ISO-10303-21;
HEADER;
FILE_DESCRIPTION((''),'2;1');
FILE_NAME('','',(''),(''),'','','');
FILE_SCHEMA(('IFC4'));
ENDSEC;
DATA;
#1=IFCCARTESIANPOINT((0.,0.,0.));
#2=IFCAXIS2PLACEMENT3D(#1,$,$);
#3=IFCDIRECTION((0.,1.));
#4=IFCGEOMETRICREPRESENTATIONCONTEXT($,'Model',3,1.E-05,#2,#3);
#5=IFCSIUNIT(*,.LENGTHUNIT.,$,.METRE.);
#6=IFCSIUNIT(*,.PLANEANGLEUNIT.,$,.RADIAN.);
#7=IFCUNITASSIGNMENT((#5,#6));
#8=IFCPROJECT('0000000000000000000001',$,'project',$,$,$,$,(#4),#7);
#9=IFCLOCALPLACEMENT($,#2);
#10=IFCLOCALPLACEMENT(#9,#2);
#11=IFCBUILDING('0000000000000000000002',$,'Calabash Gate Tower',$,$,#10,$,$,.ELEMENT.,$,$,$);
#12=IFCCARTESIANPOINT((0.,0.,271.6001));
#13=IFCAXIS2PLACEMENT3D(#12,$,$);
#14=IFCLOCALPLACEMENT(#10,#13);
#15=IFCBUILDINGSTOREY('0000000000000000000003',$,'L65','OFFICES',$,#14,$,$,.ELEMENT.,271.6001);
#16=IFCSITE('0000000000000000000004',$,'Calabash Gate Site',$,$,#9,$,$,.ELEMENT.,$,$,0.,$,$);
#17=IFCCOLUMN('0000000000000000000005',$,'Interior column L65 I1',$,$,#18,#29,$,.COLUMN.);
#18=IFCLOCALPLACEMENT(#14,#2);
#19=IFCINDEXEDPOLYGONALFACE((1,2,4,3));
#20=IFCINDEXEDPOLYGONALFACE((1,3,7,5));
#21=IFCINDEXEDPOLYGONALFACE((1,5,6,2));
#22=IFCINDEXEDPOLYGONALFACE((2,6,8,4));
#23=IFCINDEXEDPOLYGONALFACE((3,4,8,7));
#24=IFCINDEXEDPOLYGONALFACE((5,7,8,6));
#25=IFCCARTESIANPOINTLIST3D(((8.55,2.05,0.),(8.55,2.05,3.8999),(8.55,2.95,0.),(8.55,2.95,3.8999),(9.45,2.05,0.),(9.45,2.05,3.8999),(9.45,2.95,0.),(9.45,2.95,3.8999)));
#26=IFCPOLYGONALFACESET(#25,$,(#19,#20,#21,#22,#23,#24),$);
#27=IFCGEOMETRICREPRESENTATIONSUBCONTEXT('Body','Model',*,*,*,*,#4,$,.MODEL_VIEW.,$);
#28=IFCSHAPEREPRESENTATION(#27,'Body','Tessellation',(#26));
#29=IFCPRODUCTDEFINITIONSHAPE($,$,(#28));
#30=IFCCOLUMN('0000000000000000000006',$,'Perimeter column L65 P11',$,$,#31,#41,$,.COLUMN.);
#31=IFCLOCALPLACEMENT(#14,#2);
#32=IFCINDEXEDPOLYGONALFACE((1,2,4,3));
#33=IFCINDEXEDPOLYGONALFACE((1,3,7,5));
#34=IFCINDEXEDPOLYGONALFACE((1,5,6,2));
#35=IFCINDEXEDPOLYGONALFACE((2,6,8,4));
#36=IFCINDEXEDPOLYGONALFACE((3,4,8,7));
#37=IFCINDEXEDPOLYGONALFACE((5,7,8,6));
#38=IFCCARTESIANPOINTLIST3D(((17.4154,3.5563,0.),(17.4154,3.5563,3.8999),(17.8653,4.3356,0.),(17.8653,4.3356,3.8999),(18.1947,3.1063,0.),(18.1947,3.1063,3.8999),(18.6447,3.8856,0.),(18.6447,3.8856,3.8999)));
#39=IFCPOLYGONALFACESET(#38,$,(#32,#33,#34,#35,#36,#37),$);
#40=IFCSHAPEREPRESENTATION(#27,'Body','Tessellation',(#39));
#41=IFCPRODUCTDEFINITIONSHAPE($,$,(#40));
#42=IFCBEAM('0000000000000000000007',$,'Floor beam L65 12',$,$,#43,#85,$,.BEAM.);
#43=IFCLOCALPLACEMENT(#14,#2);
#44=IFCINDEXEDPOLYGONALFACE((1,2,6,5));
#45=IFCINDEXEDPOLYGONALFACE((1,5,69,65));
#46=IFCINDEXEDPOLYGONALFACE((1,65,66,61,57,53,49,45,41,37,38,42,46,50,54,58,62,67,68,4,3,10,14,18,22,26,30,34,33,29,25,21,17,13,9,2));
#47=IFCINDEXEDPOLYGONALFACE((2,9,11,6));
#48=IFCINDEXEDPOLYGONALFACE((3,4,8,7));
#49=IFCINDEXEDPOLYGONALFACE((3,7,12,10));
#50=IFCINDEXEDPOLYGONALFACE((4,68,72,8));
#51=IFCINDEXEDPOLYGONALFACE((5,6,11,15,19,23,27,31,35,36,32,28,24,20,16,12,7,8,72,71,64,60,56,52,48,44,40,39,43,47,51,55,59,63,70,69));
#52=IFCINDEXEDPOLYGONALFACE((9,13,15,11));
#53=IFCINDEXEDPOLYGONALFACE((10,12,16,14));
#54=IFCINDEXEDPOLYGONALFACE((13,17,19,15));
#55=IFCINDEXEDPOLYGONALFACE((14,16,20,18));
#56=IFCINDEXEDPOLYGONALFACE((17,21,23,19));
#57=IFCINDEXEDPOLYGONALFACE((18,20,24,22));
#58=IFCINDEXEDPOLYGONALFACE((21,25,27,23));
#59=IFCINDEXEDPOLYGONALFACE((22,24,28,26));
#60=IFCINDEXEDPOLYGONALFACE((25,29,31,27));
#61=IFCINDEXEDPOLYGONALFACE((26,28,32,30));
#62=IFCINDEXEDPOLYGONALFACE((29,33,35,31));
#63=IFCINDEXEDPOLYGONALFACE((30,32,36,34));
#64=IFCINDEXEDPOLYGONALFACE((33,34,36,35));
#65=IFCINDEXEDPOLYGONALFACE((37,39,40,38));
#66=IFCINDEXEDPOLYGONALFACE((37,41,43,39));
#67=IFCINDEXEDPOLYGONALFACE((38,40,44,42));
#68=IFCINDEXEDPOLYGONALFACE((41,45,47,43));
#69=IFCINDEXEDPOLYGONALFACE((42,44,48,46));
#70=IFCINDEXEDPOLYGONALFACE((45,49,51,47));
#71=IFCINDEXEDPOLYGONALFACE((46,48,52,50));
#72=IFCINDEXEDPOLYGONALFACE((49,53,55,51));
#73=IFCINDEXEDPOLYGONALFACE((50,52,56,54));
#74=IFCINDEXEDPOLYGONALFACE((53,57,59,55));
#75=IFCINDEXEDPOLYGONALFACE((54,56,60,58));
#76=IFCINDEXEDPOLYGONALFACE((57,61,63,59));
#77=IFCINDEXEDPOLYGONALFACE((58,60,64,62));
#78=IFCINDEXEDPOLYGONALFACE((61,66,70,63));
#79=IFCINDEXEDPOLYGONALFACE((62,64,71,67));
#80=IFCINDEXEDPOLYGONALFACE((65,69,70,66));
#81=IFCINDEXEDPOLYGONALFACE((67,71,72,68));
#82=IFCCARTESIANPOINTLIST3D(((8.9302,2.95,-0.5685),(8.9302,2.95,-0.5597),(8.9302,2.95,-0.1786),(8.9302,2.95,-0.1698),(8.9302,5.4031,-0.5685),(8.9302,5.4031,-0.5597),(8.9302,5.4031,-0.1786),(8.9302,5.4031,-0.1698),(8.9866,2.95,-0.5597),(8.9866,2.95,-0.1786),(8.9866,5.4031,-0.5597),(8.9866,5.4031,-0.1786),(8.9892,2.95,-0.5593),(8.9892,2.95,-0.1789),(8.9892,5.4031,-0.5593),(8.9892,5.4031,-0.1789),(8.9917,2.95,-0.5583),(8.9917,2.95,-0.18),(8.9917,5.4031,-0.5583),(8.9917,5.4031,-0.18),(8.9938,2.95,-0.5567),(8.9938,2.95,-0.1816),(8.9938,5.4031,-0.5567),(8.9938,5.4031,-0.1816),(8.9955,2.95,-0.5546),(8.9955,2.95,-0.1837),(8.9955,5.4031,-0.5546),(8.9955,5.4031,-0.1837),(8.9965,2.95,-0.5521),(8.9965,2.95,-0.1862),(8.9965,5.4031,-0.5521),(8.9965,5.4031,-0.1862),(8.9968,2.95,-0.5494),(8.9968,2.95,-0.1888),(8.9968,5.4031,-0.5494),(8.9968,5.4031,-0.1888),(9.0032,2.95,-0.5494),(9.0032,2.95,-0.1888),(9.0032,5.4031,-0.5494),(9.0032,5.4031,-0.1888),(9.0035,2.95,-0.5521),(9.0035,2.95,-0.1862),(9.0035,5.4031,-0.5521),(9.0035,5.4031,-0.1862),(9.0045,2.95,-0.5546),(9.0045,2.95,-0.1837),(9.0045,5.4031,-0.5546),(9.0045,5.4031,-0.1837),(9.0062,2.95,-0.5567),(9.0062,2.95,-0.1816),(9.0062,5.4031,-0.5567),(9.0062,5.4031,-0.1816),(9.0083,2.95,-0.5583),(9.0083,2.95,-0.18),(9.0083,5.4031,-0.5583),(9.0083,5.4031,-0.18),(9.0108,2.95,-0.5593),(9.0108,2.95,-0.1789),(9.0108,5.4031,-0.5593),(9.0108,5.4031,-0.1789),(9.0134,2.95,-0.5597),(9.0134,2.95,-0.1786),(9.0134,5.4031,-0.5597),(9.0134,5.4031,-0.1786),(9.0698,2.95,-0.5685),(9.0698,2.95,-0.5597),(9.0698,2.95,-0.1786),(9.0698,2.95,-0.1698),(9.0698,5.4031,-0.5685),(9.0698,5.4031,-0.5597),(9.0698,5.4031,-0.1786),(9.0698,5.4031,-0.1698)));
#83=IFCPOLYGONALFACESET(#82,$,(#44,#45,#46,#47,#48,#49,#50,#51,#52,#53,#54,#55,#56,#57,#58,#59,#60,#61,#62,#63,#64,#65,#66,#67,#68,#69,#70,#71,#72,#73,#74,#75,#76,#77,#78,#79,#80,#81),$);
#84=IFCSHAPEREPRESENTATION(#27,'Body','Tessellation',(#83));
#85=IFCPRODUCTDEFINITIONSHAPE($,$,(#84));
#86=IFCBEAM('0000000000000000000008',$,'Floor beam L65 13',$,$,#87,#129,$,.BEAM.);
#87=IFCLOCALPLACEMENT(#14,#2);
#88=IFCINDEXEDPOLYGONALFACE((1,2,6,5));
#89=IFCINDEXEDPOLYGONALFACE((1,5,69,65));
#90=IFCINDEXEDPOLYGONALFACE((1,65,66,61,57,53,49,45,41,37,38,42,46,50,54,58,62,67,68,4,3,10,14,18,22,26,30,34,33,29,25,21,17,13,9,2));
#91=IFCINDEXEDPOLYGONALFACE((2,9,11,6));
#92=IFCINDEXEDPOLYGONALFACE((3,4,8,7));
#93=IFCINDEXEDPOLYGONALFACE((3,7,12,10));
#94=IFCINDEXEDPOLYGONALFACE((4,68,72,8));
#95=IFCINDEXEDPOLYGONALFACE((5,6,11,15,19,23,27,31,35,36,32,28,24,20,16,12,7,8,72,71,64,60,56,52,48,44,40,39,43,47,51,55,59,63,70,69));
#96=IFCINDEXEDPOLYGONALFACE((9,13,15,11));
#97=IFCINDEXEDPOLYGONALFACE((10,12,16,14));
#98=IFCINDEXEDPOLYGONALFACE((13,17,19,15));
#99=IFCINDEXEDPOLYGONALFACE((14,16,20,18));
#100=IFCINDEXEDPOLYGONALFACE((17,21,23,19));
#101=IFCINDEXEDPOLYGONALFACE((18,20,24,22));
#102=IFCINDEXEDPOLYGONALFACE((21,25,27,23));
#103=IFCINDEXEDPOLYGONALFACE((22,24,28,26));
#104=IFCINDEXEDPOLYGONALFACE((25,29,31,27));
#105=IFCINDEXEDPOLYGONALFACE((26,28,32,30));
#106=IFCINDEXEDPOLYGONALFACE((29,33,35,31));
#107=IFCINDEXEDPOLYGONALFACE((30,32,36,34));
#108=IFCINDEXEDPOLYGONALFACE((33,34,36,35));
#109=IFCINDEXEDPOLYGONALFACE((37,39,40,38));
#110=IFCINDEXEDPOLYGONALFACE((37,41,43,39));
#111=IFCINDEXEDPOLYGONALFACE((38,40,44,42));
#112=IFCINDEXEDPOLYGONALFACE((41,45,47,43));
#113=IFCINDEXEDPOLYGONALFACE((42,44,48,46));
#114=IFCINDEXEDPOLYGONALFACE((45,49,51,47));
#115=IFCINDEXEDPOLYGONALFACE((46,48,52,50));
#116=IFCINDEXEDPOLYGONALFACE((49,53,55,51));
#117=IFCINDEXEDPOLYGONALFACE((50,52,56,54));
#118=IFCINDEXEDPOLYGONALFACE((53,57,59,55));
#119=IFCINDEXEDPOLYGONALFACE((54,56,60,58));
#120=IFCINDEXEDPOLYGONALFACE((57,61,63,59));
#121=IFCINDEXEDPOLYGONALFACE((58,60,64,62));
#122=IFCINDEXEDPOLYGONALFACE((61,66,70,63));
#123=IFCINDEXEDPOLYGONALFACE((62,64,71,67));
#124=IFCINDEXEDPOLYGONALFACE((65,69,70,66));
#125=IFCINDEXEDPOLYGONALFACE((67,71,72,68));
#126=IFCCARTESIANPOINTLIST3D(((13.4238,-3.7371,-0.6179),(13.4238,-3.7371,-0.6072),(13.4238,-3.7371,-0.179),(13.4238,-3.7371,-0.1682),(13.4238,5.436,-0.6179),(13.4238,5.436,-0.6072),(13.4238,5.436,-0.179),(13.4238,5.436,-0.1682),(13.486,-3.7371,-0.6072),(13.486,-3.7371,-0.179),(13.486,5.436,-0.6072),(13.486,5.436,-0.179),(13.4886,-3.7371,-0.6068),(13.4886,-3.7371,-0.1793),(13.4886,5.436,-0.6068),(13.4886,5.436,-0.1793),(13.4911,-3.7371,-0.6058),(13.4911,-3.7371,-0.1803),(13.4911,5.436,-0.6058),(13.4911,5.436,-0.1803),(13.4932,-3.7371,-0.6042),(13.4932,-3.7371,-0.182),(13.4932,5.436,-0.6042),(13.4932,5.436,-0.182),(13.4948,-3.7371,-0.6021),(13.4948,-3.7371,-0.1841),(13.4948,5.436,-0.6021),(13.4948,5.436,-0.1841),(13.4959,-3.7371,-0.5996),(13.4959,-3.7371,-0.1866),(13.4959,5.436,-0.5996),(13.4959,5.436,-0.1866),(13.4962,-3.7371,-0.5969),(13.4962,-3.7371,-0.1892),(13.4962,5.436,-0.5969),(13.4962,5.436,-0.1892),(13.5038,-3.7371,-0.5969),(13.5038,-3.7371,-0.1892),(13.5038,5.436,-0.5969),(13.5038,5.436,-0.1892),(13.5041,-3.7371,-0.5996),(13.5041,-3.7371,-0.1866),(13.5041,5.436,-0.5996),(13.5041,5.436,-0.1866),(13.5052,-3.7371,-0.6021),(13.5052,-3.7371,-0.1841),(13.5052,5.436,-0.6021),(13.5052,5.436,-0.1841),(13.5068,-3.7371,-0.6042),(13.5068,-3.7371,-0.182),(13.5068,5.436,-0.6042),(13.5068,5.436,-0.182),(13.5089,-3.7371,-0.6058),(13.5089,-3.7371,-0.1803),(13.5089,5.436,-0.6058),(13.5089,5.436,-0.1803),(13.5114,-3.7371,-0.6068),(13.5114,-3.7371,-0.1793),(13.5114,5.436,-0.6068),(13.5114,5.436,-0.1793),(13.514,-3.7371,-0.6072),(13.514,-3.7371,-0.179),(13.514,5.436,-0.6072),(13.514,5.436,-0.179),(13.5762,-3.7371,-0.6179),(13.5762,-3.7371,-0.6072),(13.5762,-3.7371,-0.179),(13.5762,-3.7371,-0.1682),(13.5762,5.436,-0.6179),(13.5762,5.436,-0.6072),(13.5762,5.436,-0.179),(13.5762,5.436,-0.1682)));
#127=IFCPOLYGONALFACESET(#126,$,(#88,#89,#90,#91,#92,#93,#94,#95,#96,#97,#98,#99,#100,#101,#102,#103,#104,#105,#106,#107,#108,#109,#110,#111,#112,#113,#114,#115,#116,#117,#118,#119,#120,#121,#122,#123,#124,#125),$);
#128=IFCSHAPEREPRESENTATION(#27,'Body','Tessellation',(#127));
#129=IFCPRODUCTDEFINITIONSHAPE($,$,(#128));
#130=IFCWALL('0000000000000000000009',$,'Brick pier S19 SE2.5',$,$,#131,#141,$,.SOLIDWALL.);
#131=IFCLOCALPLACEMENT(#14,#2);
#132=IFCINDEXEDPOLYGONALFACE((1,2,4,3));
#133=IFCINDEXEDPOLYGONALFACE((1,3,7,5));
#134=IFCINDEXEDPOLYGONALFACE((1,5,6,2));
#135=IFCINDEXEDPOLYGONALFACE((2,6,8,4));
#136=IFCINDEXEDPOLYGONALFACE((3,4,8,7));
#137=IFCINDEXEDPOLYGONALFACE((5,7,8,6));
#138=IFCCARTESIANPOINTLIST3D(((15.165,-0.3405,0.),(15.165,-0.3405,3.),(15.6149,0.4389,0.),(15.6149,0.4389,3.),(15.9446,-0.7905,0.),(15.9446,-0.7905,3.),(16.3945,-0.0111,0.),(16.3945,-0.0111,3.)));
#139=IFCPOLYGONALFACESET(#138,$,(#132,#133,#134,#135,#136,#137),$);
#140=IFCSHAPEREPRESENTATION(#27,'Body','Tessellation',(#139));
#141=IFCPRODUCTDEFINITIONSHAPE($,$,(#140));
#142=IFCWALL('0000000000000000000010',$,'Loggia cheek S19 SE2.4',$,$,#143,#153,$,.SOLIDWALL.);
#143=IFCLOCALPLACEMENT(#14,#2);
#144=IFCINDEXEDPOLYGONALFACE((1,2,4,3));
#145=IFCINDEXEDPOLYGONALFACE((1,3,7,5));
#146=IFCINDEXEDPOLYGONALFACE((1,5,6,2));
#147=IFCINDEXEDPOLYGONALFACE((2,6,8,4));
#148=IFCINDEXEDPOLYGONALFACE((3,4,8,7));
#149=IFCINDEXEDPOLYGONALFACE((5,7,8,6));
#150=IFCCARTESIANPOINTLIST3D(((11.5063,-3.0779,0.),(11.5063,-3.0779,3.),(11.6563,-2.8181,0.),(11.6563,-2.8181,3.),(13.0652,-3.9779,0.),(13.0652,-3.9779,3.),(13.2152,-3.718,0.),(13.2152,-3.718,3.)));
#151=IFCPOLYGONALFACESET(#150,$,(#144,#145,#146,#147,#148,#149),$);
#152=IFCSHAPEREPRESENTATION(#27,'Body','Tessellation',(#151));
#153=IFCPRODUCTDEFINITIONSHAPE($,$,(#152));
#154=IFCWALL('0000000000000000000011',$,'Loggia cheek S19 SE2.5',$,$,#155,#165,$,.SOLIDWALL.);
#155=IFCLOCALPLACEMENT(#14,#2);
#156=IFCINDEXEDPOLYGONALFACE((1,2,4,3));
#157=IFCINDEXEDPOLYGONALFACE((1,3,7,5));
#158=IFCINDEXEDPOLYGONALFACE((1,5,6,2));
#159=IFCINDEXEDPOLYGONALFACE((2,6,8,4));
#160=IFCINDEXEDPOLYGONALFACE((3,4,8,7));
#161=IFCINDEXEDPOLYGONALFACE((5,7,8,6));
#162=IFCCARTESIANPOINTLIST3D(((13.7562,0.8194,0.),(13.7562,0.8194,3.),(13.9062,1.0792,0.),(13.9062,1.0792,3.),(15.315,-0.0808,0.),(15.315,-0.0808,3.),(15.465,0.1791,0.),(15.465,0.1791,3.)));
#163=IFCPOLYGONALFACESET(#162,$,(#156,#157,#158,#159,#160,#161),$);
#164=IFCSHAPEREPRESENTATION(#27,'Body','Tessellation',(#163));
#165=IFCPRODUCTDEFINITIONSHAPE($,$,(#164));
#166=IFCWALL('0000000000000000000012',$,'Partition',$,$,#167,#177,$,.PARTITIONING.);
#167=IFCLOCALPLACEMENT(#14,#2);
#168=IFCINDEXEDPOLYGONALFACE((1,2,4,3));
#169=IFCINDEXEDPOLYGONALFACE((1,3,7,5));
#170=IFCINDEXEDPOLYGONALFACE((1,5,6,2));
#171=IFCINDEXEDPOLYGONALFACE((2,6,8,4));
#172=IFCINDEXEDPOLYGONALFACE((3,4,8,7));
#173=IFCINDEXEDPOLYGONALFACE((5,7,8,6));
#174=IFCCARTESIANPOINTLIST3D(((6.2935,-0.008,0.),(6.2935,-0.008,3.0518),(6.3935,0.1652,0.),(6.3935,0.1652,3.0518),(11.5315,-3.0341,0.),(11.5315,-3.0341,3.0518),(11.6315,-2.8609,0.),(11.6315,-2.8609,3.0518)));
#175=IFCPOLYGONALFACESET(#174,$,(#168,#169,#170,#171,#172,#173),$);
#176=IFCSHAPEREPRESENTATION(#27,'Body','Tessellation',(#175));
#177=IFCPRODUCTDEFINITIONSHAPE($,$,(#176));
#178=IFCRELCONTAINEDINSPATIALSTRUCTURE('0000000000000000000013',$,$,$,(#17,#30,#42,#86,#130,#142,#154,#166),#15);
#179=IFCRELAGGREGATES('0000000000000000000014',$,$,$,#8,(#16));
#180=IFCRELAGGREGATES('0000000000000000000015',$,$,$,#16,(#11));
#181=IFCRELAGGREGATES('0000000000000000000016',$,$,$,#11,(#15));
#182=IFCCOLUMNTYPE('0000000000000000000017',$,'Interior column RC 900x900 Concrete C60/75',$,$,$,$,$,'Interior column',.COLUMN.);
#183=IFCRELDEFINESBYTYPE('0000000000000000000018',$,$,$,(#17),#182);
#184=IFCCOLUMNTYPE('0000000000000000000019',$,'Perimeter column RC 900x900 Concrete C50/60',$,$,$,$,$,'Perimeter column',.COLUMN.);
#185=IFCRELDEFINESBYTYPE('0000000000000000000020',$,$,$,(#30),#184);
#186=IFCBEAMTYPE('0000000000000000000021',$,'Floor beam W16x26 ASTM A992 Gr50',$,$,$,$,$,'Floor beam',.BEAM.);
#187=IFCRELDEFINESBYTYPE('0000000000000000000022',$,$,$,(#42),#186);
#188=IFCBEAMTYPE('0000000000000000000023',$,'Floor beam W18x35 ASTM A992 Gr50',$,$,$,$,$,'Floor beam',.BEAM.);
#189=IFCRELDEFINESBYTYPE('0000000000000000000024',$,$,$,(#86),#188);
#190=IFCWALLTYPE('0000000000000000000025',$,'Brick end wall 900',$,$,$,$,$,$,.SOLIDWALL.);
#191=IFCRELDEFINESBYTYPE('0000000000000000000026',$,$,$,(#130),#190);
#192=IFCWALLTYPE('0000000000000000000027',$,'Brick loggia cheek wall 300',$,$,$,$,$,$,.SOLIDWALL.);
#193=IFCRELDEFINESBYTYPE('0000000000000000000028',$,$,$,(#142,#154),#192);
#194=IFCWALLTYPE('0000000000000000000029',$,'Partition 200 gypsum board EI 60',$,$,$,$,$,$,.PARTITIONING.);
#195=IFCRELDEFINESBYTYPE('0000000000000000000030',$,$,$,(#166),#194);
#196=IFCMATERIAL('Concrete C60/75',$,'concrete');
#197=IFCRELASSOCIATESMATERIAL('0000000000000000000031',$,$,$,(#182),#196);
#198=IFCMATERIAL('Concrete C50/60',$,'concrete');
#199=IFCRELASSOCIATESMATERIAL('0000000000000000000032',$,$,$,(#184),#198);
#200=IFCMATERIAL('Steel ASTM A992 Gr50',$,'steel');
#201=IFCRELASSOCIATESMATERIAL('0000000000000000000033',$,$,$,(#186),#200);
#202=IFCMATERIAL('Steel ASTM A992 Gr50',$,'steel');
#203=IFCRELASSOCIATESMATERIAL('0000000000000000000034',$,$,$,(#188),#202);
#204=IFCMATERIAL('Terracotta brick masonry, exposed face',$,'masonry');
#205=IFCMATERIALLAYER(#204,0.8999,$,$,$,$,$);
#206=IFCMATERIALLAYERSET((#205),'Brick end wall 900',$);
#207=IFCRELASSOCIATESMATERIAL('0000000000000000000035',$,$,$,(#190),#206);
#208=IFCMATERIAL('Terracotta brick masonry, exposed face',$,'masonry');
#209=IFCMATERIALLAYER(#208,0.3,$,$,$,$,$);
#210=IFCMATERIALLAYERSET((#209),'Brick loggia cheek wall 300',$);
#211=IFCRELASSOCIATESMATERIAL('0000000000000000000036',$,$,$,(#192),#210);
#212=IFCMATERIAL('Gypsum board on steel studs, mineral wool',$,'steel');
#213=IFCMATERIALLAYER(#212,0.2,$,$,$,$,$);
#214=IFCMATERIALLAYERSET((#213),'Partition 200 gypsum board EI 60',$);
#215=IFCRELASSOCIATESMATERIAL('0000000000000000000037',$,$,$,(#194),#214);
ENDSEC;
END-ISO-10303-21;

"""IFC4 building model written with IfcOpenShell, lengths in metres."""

from ifc_helpers import new_model, si_unit, direction, frame, frame_2d, origin, origin_2d, place, context, subcontext, project, spatial, rectangle, i_section, extrude, material, layer, layer_set, material_profile, profile_set, type_object, element, save


model = new_model("IFC4")

# Units and contexts
model_context = context("Model", 3, precision=1e-05, world=origin(), true_north=direction((0.0, 1.0)))
body_context = subcontext(model_context, "Body", "Model", "MODEL_VIEW")
ifc_project = project(units=[si_unit("LENGTHUNIT", "METRE"), si_unit("PLANEANGLEUNIT", "RADIAN")], contexts=[model_context])

# Site, building, storey
site_placement = place(None, origin())
site = spatial("IfcSite", under=ifc_project, at=site_placement, Name="Calabash Gate Site", CompositionType="ELEMENT", RefElevation=0.0)
building_placement = place(site_placement, origin())
building = spatial("IfcBuilding", under=site, at=building_placement, Name="Calabash Gate Tower", CompositionType="ELEMENT")
storey_placement = place(building_placement, frame((0.0, 0.0, 271.6001)))
storey = spatial("IfcBuildingStorey", under=building, at=storey_placement, Name="L65", Description="OFFICES", CompositionType="ELEMENT", Elevation=271.6001)

# Columns
ifc_material_1 = material(Name="Concrete C60/75", Category="concrete")
ifc_material_profile_1 = material_profile(ifc_material_1, rectangle(XDim=0.8999, YDim=0.8999, at=origin_2d()))
ifc_profile_set_1 = profile_set([ifc_material_profile_1], Name="Concrete C60/75")
column_type_1 = type_object("IfcColumnType", Name="Interior column RC 900x900 Concrete C60/75", ElementType="Interior column", PredefinedType="COLUMN", material=ifc_profile_set_1)
column_1_placement = place(storey_placement, frame((9.0, 2.5, 0.0), z_axis=(0.0, 0.0, 1.0), x_axis=(1.0, 0.0, 0.0)))
element("IfcColumn", 1, at=column_1_placement, inside=storey, type_object=column_type_1, Name="Interior column L65 I1", PredefinedType="COLUMN", context=body_context, shape_type="SweptSolid", body=[
    extrude(rectangle(XDim=0.8999, YDim=0.8999, at=origin_2d()), origin(), (0.0, 0.0, 1.0), 3.8999),
])
ifc_material_2 = material(Name="Concrete C50/60", Category="concrete")
ifc_material_profile_2 = material_profile(ifc_material_2, rectangle(XDim=0.8999, YDim=0.8999, at=origin_2d()))
ifc_profile_set_2 = profile_set([ifc_material_profile_2], Name="Concrete C50/60")
column_type_2 = type_object("IfcColumnType", Name="Perimeter column RC 900x900 Concrete C50/60", ElementType="Perimeter column", PredefinedType="COLUMN", material=ifc_profile_set_2)
column_2_placement = place(storey_placement, frame((18.03, 3.7209, 0.0), z_axis=(0.0, 0.0, 1.0), x_axis=(0.5, 0.866025, 0.0)))
element("IfcColumn", 2, at=column_2_placement, inside=storey, type_object=column_type_2, Name="Perimeter column L65 P11", PredefinedType="COLUMN", context=body_context, shape_type="SweptSolid", body=[
    extrude(rectangle(XDim=0.8999, YDim=0.8999, at=origin_2d()), origin(), (0.0, 0.0, 1.0), 3.8999),
])

# Beams
ifc_material_3 = material(Name="Steel ASTM A992 Gr50", Category="steel")
ifc_material_profile_3 = material_profile(ifc_material_3, i_section(OverallWidth=0.1396, OverallDepth=0.3987, WebThickness=0.0063, FlangeThickness=0.0088, FilletRadius=0.0103, at=origin_2d()))
ifc_profile_set_3 = profile_set([ifc_material_profile_3], Name="Steel ASTM A992 Gr50")
beam_type_1 = type_object("IfcBeamType", Name="Floor beam W16x26 ASTM A992 Gr50", ElementType="Floor beam", PredefinedType="BEAM", material=ifc_profile_set_3)
beam_1_placement = place(storey_placement, frame((9.0, 2.95, -0.3691), z_axis=(0.0, 1.0, 0.0), x_axis=(-1.0, 0.0, 0.0)))
element("IfcBeam", 3, at=beam_1_placement, inside=storey, type_object=beam_type_1, Name="Floor beam L65 12", PredefinedType="BEAM", context=body_context, shape_type="SweptSolid", body=[
    extrude(i_section(OverallWidth=0.1396, OverallDepth=0.3987, WebThickness=0.0063, FlangeThickness=0.0088, FilletRadius=0.0103, at=origin_2d()), origin(), (0.0, 0.0, 1.0), 2.4531),
])
ifc_material_4 = material(Name="Steel ASTM A992 Gr50", Category="steel")
ifc_material_profile_4 = material_profile(ifc_material_4, i_section(OverallWidth=0.1523, OverallDepth=0.4497, WebThickness=0.0076, FlangeThickness=0.0107, FilletRadius=0.0103, at=origin_2d()))
ifc_profile_set_4 = profile_set([ifc_material_profile_4], Name="Steel ASTM A992 Gr50")
beam_type_2 = type_object("IfcBeamType", Name="Floor beam W18x35 ASTM A992 Gr50", ElementType="Floor beam", PredefinedType="BEAM", material=ifc_profile_set_4)
beam_2_placement = place(storey_placement, frame((13.5, -3.7371, -0.3931), z_axis=(0.0, 1.0, 0.0), x_axis=(-1.0, 0.0, 0.0)))
element("IfcBeam", 4, at=beam_2_placement, inside=storey, type_object=beam_type_2, Name="Floor beam L65 13", PredefinedType="BEAM", context=body_context, shape_type="SweptSolid", body=[
    extrude(i_section(OverallWidth=0.1523, OverallDepth=0.4497, WebThickness=0.0076, FlangeThickness=0.0107, FilletRadius=0.0103, at=origin_2d()), origin(), (0.0, 0.0, 1.0), 9.1731),
])

# Walls
ifc_material_5 = material(Name="Terracotta brick masonry, exposed face", Category="masonry")
ifc_layer_1 = layer(ifc_material_5, 0.8999)
ifc_layer_set_1 = layer_set([ifc_layer_1], Name="Brick end wall 900")
wall_type_1 = type_object("IfcWallType", Name="Brick end wall 900", PredefinedType="SOLIDWALL", material=ifc_layer_set_1)
wall_1_placement = place(storey_placement, frame((16.1697, -0.4009, 0.0), z_axis=(0.0, 0.0, 1.0), x_axis=(-0.866082, 0.499902, 0.0)))
element("IfcWall", 5, at=wall_1_placement, inside=storey, type_object=wall_type_1, Name="Brick pier S19 SE2.5", PredefinedType="SOLIDWALL", context=body_context, shape_type="SweptSolid", body=[
    extrude(rectangle(XDim=0.9001, YDim=0.8999, at=frame_2d((0.4502, 0.0))), origin(), (0.0, 0.0, 1.0), 3.0),
])
ifc_material_6 = material(Name="Terracotta brick masonry, exposed face", Category="masonry")
ifc_layer_2 = layer(ifc_material_6, 0.3)
ifc_layer_set_2 = layer_set([ifc_layer_2], Name="Brick loggia cheek wall 300")
wall_type_2 = type_object("IfcWallType", Name="Brick loggia cheek wall 300", PredefinedType="SOLIDWALL", material=ifc_layer_set_2)
for number, where, z_axis, x_axis, name in (
    (6, (13.1401, -3.8479, 0.0), (0.0, 0.0, 1.0), (-0.866048, 0.499961, 0.0), "Loggia cheek S19 SE2.4"),
    (7, (13.8313, 0.9492, 0.0), (0.0, 0.0, 1.0), (0.865989, -0.500063, 0.0), "Loggia cheek S19 SE2.5"),
):
    element("IfcWall", number, at=place(storey_placement, frame(where, z_axis=z_axis, x_axis=x_axis)), inside=storey, type_object=wall_type_2, Name=name, PredefinedType="SOLIDWALL", context=body_context, shape_type="SweptSolid", body=[
        extrude(rectangle(XDim=1.8, YDim=0.3, at=frame_2d((0.8999, 0.0))), origin(), (0.0, 0.0, 1.0), 3.0),
    ])
ifc_material_7 = material(Name="Gypsum board on steel studs, mineral wool", Category="steel")
ifc_layer_3 = layer(ifc_material_7, 0.2)
ifc_layer_set_3 = layer_set([ifc_layer_3], Name="Partition 200 gypsum board EI 60")
wall_type_3 = type_object("IfcWallType", Name="Partition 200 gypsum board EI 60", PredefinedType="PARTITIONING", material=ifc_layer_set_3)
wall_2_placement = place(storey_placement, frame((6.3435, 0.0786, 0.0), z_axis=(0.0, 0.0, 1.0), x_axis=(0.865886, -0.500241, 0.0)))
element("IfcWall", 8, at=wall_2_placement, inside=storey, type_object=wall_type_3, Name="Partition", PredefinedType="PARTITIONING", context=body_context, shape_type="SweptSolid", body=[
    extrude(rectangle(XDim=6.0493, YDim=0.2, at=frame_2d((3.0247, 0.0))), origin(), (0.0, 0.0, 1.0), 3.0518),
])

save(model, "model.ifc")
